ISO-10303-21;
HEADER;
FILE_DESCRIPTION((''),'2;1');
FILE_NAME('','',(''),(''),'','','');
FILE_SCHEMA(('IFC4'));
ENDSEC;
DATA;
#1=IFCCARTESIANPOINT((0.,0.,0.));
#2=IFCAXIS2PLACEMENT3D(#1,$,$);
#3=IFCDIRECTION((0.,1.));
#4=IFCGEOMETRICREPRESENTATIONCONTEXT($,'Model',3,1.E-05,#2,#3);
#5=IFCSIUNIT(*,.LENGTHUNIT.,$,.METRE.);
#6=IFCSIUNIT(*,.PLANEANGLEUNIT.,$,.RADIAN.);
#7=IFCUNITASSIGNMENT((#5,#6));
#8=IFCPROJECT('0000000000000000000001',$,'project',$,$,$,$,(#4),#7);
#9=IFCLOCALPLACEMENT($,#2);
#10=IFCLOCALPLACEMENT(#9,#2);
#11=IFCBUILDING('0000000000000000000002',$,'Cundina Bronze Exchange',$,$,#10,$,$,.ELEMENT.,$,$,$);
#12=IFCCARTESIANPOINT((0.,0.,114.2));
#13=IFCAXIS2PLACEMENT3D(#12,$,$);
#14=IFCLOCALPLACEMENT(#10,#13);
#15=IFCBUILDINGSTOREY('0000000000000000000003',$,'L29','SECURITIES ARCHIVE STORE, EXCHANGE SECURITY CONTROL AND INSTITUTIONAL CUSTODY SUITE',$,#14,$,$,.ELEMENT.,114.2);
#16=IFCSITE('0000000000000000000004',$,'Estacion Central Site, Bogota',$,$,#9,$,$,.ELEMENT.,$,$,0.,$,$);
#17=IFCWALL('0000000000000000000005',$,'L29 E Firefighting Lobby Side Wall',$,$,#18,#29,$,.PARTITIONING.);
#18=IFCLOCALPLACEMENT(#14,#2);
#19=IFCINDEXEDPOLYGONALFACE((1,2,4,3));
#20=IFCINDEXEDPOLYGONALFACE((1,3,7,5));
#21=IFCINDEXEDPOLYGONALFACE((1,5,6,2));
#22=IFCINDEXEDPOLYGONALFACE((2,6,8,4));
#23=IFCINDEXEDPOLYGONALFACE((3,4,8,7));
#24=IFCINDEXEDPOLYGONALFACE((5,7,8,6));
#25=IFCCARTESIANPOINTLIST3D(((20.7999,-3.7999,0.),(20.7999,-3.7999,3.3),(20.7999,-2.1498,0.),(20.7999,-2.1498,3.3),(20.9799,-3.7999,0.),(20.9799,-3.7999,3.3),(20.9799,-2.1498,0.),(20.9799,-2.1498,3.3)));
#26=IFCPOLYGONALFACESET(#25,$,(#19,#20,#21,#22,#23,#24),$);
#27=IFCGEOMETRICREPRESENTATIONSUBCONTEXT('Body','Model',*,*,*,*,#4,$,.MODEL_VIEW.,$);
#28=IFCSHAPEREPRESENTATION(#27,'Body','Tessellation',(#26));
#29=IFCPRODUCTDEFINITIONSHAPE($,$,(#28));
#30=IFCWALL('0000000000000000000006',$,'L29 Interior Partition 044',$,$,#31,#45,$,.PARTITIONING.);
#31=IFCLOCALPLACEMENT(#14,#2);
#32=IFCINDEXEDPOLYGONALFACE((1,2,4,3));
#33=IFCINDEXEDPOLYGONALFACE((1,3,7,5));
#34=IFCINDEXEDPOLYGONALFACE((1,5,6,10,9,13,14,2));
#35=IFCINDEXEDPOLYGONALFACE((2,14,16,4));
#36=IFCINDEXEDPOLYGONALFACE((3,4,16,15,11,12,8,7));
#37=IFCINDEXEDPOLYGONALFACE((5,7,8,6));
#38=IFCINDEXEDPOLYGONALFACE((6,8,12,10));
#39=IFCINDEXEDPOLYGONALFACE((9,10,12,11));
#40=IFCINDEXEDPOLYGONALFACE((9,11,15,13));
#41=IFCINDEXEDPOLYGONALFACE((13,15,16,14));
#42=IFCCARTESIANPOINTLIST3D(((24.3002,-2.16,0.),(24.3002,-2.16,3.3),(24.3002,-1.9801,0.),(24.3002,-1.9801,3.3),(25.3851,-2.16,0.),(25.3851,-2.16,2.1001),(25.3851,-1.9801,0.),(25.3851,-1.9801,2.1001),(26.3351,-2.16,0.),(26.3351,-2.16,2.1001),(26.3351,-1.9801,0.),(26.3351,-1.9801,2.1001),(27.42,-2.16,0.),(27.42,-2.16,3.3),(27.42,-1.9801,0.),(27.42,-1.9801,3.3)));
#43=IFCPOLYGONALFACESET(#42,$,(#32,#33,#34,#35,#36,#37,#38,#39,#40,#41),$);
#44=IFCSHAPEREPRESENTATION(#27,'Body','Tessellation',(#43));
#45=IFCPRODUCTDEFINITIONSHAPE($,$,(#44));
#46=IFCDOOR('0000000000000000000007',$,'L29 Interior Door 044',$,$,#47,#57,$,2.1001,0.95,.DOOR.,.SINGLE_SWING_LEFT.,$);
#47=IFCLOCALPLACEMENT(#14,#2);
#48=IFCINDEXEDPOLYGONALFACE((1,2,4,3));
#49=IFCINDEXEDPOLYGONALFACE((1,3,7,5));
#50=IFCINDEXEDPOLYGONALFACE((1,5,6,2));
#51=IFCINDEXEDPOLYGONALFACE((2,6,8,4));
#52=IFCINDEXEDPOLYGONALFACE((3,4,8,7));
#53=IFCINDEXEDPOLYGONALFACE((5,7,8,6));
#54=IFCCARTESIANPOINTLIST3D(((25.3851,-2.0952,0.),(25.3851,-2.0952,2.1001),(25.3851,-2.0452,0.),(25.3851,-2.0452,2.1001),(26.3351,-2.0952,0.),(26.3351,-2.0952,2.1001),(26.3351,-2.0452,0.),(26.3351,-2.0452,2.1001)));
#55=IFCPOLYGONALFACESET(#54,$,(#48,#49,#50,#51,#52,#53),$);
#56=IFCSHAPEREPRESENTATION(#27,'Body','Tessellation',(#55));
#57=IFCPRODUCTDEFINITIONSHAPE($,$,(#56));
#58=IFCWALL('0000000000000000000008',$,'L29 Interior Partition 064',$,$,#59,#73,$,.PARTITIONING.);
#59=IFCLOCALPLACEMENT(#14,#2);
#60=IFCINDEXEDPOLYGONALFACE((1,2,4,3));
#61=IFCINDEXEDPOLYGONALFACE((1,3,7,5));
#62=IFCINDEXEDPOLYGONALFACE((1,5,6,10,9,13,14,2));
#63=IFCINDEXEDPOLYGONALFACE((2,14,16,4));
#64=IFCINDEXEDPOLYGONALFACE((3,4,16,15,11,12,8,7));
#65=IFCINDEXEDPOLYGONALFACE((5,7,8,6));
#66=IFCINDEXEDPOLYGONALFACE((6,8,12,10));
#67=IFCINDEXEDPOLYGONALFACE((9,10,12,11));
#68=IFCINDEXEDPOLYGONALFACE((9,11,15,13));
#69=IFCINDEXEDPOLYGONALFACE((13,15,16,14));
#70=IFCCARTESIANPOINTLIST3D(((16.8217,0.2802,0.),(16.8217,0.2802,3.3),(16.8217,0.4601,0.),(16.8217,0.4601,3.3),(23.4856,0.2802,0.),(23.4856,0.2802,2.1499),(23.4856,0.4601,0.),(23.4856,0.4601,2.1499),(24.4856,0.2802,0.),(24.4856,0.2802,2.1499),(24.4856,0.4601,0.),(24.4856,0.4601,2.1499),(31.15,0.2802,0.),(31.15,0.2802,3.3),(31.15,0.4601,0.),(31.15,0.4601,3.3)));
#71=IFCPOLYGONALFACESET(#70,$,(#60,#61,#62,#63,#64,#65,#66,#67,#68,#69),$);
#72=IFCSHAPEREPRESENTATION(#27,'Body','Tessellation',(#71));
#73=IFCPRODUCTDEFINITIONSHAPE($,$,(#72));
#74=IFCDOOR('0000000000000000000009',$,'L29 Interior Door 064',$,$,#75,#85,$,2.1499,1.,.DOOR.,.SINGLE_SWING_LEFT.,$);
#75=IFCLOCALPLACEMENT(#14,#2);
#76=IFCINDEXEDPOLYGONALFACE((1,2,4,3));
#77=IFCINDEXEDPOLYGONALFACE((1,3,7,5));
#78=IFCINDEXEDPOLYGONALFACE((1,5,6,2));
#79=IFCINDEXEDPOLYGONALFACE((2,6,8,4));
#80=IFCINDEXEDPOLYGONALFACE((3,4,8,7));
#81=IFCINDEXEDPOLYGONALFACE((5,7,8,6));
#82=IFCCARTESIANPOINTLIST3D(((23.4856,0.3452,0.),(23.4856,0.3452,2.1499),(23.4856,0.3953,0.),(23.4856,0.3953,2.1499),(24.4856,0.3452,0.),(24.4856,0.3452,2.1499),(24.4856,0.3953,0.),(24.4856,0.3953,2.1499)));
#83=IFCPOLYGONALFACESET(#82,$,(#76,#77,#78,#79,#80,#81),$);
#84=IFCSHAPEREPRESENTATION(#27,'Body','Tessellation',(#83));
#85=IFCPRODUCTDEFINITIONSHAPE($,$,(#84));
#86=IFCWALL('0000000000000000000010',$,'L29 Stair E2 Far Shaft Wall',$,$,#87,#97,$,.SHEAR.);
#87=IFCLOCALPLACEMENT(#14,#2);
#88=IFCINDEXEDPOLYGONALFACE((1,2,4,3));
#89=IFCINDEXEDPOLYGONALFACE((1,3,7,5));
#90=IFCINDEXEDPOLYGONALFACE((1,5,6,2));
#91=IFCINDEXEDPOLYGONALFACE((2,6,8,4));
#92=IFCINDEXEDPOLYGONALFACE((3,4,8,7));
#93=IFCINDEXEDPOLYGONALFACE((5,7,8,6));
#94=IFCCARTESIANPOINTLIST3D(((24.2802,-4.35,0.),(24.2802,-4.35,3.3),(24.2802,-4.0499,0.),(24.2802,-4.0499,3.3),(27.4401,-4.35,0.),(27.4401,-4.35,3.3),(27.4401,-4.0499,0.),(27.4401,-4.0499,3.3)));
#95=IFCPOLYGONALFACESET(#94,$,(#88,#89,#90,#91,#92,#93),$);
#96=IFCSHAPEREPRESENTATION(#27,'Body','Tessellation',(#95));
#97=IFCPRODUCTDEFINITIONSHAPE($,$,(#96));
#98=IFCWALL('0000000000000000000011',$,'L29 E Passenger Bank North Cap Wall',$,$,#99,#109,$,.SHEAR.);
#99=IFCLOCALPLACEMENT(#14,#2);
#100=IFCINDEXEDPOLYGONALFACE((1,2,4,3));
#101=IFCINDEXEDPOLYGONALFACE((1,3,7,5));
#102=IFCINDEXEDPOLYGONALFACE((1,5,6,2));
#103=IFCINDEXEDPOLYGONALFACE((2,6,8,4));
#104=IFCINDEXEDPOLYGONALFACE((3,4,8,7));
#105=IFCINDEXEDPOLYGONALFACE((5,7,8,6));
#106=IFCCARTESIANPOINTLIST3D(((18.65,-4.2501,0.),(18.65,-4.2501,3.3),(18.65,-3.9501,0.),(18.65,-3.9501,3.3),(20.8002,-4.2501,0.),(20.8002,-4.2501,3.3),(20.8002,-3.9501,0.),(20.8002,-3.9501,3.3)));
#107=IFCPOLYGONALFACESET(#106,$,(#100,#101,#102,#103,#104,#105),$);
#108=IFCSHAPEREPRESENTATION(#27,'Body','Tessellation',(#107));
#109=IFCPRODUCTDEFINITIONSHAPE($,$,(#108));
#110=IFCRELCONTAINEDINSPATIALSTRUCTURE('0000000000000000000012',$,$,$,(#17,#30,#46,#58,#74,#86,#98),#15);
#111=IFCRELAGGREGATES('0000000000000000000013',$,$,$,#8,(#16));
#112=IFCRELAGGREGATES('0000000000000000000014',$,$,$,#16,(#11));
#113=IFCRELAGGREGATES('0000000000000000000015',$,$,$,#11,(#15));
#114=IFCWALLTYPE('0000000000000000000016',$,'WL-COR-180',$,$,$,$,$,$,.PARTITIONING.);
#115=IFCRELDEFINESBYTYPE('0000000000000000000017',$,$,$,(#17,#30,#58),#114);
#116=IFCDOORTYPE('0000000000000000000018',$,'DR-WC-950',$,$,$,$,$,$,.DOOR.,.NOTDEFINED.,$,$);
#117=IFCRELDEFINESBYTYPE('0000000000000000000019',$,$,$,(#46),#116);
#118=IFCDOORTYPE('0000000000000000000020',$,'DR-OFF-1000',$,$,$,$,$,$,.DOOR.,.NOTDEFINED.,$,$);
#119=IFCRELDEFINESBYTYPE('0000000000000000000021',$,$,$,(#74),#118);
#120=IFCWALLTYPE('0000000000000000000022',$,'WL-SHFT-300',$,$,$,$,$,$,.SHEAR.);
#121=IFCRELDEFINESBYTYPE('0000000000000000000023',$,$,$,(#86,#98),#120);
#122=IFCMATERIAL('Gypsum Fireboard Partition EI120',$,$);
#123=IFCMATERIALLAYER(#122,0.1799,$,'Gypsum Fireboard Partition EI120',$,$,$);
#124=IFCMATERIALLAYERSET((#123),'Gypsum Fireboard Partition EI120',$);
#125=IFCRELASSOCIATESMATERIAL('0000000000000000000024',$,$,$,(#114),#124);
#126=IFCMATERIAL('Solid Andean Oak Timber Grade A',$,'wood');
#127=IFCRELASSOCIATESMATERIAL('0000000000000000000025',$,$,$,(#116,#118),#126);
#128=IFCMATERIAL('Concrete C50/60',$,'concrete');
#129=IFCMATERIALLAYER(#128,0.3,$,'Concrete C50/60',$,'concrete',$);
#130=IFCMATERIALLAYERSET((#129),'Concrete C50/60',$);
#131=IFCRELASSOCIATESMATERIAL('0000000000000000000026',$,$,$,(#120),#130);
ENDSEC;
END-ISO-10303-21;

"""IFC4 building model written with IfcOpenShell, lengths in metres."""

from ifc_helpers import new_model, si_unit, direction, frame, frame_2d, origin, place, context, subcontext, project, spatial, rectangle, extrude, material, layer, layer_set, type_object, element, fill, save


model = new_model("IFC4")

# Units and contexts
model_context = context("Model", 3, precision=1e-05, world=origin(), true_north=direction((0.0, 1.0)))
body_context = subcontext(model_context, "Body", "Model", "MODEL_VIEW")
ifc_project = project(units=[si_unit("LENGTHUNIT", "METRE"), si_unit("PLANEANGLEUNIT", "RADIAN")], contexts=[model_context])

# Site, building, storey
site_placement = place(None, origin())
site = spatial("IfcSite", under=ifc_project, at=site_placement, Name="Estacion Central Site, Bogota", CompositionType="ELEMENT", RefElevation=0.0)
building_placement = place(site_placement, origin())
building = spatial("IfcBuilding", under=site, at=building_placement, Name="Cundina Bronze Exchange", CompositionType="ELEMENT")
storey_placement = place(building_placement, frame((0.0, 0.0, 114.2)))
storey = spatial("IfcBuildingStorey", under=building, at=storey_placement, Name="L29", Description="SECURITIES ARCHIVE STORE, EXCHANGE SECURITY CONTROL AND INSTITUTIONAL CUSTODY SUITE", CompositionType="ELEMENT", Elevation=114.2)

# Wall
ifc_material_1 = material(Name="Gypsum Fireboard Partition EI120")
ifc_layer_1 = layer(ifc_material_1, 0.1799, Name="Gypsum Fireboard Partition EI120")
ifc_layer_set_1 = layer_set([ifc_layer_1], Name="Gypsum Fireboard Partition EI120")
wall_type_1 = type_object("IfcWallType", Name="WL-COR-180", PredefinedType="PARTITIONING", material=ifc_layer_set_1)
wall_1_placement = place(storey_placement, frame((20.8899, -3.8, 0.0), z_axis=(0.0, 0.0, 1.0), x_axis=(0.0, 1.0, 0.0)))
element("IfcWall", 1, at=wall_1_placement, inside=storey, type_object=wall_type_1, Name="L29 E Firefighting Lobby Side Wall", PredefinedType="PARTITIONING", context=body_context, shape_type="SweptSolid", body=[
    extrude(rectangle(XDim=1.6501, YDim=0.1799, at=frame_2d((0.8252, 0.0))), origin(), (0.0, 0.0, 1.0), 3.3),
])

# Walls, openings, doors
wall_2_placement = place(storey_placement, frame((24.3, -2.0701, 0.0), z_axis=(0.0, 0.0, 1.0), x_axis=(1.0, 0.0, 0.0)))
wall_2 = element("IfcWall", 2, at=wall_2_placement, inside=storey, type_object=wall_type_1, Name="L29 Interior Partition 044", PredefinedType="PARTITIONING", context=body_context, shape_type="SweptSolid", body=[
    extrude(rectangle(XDim=3.1199, YDim=0.1799, at=frame_2d((1.5601, 0.0))), origin(), (0.0, 0.0, 1.0), 3.3),
])
opening_1_placement = place(wall_2_placement, frame((1.085, 0.0, 0.0)))
opening_1 = element("IfcOpeningElement", 3, at=opening_1_placement, cuts=wall_2, PredefinedType="OPENING", context=body_context, shape_type="SweptSolid", body=[
    extrude(rectangle(XDim=0.95, YDim=2.1001, at=frame_2d((0.4751, 1.05))), frame((0.0, 0.0999, 0.0), z_axis=(0.0, -1.0, 0.0), x_axis=(1.0, 0.0, 0.0)), (0.0, 0.0, 1.0), 0.2),
])
ifc_material_2 = material(Name="Solid Andean Oak Timber Grade A", Category="wood")
door_type_1 = type_object("IfcDoorType", Name="DR-WC-950", OperationType="NOTDEFINED", PredefinedType="DOOR", material=ifc_material_2)
door_1_placement = place(opening_1_placement, origin())
door_1 = element("IfcDoor", 4, at=door_1_placement, inside=storey, type_object=door_type_1, Name="L29 Interior Door 044", OperationType="SINGLE_SWING_LEFT", OverallHeight=2.1001, OverallWidth=0.95, PredefinedType="DOOR", context=body_context, shape_type="SweptSolid", body=[
    extrude(rectangle(XDim=0.95, YDim=2.1001, at=frame_2d((0.4751, 1.05))), frame((0.0, 0.0249, 0.0), z_axis=(0.0, -1.0, 0.0), x_axis=(1.0, 0.0, 0.0)), (0.0, 0.0, 1.0), 0.05),
])
fill(opening_1, door_1)
wall_3_placement = place(storey_placement, frame((31.1499, 0.3701, 0.0), z_axis=(0.0, 0.0, 1.0), x_axis=(-1.0, 0.0, 0.0)))
wall_3 = element("IfcWall", 5, at=wall_3_placement, inside=storey, type_object=wall_type_1, Name="L29 Interior Partition 064", PredefinedType="PARTITIONING", context=body_context, shape_type="SweptSolid", body=[
    extrude(rectangle(XDim=14.3284, YDim=0.1799, at=frame_2d((7.1641, 0.0))), origin(), (0.0, 0.0, 1.0), 3.3),
])
opening_2_placement = place(wall_3_placement, frame((6.6643, 0.0, 0.0)))
opening_2 = element("IfcOpeningElement", 6, at=opening_2_placement, cuts=wall_3, PredefinedType="OPENING", context=body_context, shape_type="SweptSolid", body=[
    extrude(rectangle(XDim=1.0, YDim=2.1499, at=frame_2d((0.5, 1.075))), frame((0.0, 0.0999, 0.0), z_axis=(0.0, -1.0, 0.0), x_axis=(1.0, 0.0, 0.0)), (0.0, 0.0, 1.0), 0.2),
])
door_type_2 = type_object("IfcDoorType", Name="DR-OFF-1000", OperationType="NOTDEFINED", PredefinedType="DOOR", material=ifc_material_2)
door_2_placement = place(opening_2_placement, origin())
door_2 = element("IfcDoor", 7, at=door_2_placement, inside=storey, type_object=door_type_2, Name="L29 Interior Door 064", OperationType="SINGLE_SWING_LEFT", OverallHeight=2.1499, OverallWidth=1.0, PredefinedType="DOOR", context=body_context, shape_type="SweptSolid", body=[
    extrude(rectangle(XDim=1.0, YDim=2.1499, at=frame_2d((0.5, 1.075))), frame((0.0, 0.0249, 0.0), z_axis=(0.0, -1.0, 0.0), x_axis=(1.0, 0.0, 0.0)), (0.0, 0.0, 1.0), 0.05),
])
fill(opening_2, door_2)
ifc_material_3 = material(Name="Concrete C50/60", Category="concrete")
ifc_layer_2 = layer(ifc_material_3, 0.3, Name="Concrete C50/60", Category="concrete")
ifc_layer_set_2 = layer_set([ifc_layer_2], Name="Concrete C50/60")
wall_type_2 = type_object("IfcWallType", Name="WL-SHFT-300", PredefinedType="SHEAR", material=ifc_layer_set_2)

# Walls
wall_4_placement = place(storey_placement, frame((24.28, -4.2, 0.0), z_axis=(0.0, 0.0, 1.0), x_axis=(1.0, 0.0, 0.0)))
element("IfcWall", 8, at=wall_4_placement, inside=storey, type_object=wall_type_2, Name="L29 Stair E2 Far Shaft Wall", PredefinedType="SHEAR", context=body_context, shape_type="SweptSolid", body=[
    extrude(rectangle(XDim=3.1599, YDim=0.3, at=frame_2d((1.5801, 0.0))), origin(), (0.0, 0.0, 1.0), 3.3),
])
wall_5_placement = place(storey_placement, frame((18.6499, -4.1001, 0.0), z_axis=(0.0, 0.0, 1.0), x_axis=(1.0, 0.0, 0.0)))
element("IfcWall", 9, at=wall_5_placement, inside=storey, type_object=wall_type_2, Name="L29 E Passenger Bank North Cap Wall", PredefinedType="SHEAR", context=body_context, shape_type="SweptSolid", body=[
    extrude(rectangle(XDim=2.1501, YDim=0.3, at=frame_2d((1.0752, 0.0))), origin(), (0.0, 0.0, 1.0), 3.3),
])

save(model, "model.ifc")
